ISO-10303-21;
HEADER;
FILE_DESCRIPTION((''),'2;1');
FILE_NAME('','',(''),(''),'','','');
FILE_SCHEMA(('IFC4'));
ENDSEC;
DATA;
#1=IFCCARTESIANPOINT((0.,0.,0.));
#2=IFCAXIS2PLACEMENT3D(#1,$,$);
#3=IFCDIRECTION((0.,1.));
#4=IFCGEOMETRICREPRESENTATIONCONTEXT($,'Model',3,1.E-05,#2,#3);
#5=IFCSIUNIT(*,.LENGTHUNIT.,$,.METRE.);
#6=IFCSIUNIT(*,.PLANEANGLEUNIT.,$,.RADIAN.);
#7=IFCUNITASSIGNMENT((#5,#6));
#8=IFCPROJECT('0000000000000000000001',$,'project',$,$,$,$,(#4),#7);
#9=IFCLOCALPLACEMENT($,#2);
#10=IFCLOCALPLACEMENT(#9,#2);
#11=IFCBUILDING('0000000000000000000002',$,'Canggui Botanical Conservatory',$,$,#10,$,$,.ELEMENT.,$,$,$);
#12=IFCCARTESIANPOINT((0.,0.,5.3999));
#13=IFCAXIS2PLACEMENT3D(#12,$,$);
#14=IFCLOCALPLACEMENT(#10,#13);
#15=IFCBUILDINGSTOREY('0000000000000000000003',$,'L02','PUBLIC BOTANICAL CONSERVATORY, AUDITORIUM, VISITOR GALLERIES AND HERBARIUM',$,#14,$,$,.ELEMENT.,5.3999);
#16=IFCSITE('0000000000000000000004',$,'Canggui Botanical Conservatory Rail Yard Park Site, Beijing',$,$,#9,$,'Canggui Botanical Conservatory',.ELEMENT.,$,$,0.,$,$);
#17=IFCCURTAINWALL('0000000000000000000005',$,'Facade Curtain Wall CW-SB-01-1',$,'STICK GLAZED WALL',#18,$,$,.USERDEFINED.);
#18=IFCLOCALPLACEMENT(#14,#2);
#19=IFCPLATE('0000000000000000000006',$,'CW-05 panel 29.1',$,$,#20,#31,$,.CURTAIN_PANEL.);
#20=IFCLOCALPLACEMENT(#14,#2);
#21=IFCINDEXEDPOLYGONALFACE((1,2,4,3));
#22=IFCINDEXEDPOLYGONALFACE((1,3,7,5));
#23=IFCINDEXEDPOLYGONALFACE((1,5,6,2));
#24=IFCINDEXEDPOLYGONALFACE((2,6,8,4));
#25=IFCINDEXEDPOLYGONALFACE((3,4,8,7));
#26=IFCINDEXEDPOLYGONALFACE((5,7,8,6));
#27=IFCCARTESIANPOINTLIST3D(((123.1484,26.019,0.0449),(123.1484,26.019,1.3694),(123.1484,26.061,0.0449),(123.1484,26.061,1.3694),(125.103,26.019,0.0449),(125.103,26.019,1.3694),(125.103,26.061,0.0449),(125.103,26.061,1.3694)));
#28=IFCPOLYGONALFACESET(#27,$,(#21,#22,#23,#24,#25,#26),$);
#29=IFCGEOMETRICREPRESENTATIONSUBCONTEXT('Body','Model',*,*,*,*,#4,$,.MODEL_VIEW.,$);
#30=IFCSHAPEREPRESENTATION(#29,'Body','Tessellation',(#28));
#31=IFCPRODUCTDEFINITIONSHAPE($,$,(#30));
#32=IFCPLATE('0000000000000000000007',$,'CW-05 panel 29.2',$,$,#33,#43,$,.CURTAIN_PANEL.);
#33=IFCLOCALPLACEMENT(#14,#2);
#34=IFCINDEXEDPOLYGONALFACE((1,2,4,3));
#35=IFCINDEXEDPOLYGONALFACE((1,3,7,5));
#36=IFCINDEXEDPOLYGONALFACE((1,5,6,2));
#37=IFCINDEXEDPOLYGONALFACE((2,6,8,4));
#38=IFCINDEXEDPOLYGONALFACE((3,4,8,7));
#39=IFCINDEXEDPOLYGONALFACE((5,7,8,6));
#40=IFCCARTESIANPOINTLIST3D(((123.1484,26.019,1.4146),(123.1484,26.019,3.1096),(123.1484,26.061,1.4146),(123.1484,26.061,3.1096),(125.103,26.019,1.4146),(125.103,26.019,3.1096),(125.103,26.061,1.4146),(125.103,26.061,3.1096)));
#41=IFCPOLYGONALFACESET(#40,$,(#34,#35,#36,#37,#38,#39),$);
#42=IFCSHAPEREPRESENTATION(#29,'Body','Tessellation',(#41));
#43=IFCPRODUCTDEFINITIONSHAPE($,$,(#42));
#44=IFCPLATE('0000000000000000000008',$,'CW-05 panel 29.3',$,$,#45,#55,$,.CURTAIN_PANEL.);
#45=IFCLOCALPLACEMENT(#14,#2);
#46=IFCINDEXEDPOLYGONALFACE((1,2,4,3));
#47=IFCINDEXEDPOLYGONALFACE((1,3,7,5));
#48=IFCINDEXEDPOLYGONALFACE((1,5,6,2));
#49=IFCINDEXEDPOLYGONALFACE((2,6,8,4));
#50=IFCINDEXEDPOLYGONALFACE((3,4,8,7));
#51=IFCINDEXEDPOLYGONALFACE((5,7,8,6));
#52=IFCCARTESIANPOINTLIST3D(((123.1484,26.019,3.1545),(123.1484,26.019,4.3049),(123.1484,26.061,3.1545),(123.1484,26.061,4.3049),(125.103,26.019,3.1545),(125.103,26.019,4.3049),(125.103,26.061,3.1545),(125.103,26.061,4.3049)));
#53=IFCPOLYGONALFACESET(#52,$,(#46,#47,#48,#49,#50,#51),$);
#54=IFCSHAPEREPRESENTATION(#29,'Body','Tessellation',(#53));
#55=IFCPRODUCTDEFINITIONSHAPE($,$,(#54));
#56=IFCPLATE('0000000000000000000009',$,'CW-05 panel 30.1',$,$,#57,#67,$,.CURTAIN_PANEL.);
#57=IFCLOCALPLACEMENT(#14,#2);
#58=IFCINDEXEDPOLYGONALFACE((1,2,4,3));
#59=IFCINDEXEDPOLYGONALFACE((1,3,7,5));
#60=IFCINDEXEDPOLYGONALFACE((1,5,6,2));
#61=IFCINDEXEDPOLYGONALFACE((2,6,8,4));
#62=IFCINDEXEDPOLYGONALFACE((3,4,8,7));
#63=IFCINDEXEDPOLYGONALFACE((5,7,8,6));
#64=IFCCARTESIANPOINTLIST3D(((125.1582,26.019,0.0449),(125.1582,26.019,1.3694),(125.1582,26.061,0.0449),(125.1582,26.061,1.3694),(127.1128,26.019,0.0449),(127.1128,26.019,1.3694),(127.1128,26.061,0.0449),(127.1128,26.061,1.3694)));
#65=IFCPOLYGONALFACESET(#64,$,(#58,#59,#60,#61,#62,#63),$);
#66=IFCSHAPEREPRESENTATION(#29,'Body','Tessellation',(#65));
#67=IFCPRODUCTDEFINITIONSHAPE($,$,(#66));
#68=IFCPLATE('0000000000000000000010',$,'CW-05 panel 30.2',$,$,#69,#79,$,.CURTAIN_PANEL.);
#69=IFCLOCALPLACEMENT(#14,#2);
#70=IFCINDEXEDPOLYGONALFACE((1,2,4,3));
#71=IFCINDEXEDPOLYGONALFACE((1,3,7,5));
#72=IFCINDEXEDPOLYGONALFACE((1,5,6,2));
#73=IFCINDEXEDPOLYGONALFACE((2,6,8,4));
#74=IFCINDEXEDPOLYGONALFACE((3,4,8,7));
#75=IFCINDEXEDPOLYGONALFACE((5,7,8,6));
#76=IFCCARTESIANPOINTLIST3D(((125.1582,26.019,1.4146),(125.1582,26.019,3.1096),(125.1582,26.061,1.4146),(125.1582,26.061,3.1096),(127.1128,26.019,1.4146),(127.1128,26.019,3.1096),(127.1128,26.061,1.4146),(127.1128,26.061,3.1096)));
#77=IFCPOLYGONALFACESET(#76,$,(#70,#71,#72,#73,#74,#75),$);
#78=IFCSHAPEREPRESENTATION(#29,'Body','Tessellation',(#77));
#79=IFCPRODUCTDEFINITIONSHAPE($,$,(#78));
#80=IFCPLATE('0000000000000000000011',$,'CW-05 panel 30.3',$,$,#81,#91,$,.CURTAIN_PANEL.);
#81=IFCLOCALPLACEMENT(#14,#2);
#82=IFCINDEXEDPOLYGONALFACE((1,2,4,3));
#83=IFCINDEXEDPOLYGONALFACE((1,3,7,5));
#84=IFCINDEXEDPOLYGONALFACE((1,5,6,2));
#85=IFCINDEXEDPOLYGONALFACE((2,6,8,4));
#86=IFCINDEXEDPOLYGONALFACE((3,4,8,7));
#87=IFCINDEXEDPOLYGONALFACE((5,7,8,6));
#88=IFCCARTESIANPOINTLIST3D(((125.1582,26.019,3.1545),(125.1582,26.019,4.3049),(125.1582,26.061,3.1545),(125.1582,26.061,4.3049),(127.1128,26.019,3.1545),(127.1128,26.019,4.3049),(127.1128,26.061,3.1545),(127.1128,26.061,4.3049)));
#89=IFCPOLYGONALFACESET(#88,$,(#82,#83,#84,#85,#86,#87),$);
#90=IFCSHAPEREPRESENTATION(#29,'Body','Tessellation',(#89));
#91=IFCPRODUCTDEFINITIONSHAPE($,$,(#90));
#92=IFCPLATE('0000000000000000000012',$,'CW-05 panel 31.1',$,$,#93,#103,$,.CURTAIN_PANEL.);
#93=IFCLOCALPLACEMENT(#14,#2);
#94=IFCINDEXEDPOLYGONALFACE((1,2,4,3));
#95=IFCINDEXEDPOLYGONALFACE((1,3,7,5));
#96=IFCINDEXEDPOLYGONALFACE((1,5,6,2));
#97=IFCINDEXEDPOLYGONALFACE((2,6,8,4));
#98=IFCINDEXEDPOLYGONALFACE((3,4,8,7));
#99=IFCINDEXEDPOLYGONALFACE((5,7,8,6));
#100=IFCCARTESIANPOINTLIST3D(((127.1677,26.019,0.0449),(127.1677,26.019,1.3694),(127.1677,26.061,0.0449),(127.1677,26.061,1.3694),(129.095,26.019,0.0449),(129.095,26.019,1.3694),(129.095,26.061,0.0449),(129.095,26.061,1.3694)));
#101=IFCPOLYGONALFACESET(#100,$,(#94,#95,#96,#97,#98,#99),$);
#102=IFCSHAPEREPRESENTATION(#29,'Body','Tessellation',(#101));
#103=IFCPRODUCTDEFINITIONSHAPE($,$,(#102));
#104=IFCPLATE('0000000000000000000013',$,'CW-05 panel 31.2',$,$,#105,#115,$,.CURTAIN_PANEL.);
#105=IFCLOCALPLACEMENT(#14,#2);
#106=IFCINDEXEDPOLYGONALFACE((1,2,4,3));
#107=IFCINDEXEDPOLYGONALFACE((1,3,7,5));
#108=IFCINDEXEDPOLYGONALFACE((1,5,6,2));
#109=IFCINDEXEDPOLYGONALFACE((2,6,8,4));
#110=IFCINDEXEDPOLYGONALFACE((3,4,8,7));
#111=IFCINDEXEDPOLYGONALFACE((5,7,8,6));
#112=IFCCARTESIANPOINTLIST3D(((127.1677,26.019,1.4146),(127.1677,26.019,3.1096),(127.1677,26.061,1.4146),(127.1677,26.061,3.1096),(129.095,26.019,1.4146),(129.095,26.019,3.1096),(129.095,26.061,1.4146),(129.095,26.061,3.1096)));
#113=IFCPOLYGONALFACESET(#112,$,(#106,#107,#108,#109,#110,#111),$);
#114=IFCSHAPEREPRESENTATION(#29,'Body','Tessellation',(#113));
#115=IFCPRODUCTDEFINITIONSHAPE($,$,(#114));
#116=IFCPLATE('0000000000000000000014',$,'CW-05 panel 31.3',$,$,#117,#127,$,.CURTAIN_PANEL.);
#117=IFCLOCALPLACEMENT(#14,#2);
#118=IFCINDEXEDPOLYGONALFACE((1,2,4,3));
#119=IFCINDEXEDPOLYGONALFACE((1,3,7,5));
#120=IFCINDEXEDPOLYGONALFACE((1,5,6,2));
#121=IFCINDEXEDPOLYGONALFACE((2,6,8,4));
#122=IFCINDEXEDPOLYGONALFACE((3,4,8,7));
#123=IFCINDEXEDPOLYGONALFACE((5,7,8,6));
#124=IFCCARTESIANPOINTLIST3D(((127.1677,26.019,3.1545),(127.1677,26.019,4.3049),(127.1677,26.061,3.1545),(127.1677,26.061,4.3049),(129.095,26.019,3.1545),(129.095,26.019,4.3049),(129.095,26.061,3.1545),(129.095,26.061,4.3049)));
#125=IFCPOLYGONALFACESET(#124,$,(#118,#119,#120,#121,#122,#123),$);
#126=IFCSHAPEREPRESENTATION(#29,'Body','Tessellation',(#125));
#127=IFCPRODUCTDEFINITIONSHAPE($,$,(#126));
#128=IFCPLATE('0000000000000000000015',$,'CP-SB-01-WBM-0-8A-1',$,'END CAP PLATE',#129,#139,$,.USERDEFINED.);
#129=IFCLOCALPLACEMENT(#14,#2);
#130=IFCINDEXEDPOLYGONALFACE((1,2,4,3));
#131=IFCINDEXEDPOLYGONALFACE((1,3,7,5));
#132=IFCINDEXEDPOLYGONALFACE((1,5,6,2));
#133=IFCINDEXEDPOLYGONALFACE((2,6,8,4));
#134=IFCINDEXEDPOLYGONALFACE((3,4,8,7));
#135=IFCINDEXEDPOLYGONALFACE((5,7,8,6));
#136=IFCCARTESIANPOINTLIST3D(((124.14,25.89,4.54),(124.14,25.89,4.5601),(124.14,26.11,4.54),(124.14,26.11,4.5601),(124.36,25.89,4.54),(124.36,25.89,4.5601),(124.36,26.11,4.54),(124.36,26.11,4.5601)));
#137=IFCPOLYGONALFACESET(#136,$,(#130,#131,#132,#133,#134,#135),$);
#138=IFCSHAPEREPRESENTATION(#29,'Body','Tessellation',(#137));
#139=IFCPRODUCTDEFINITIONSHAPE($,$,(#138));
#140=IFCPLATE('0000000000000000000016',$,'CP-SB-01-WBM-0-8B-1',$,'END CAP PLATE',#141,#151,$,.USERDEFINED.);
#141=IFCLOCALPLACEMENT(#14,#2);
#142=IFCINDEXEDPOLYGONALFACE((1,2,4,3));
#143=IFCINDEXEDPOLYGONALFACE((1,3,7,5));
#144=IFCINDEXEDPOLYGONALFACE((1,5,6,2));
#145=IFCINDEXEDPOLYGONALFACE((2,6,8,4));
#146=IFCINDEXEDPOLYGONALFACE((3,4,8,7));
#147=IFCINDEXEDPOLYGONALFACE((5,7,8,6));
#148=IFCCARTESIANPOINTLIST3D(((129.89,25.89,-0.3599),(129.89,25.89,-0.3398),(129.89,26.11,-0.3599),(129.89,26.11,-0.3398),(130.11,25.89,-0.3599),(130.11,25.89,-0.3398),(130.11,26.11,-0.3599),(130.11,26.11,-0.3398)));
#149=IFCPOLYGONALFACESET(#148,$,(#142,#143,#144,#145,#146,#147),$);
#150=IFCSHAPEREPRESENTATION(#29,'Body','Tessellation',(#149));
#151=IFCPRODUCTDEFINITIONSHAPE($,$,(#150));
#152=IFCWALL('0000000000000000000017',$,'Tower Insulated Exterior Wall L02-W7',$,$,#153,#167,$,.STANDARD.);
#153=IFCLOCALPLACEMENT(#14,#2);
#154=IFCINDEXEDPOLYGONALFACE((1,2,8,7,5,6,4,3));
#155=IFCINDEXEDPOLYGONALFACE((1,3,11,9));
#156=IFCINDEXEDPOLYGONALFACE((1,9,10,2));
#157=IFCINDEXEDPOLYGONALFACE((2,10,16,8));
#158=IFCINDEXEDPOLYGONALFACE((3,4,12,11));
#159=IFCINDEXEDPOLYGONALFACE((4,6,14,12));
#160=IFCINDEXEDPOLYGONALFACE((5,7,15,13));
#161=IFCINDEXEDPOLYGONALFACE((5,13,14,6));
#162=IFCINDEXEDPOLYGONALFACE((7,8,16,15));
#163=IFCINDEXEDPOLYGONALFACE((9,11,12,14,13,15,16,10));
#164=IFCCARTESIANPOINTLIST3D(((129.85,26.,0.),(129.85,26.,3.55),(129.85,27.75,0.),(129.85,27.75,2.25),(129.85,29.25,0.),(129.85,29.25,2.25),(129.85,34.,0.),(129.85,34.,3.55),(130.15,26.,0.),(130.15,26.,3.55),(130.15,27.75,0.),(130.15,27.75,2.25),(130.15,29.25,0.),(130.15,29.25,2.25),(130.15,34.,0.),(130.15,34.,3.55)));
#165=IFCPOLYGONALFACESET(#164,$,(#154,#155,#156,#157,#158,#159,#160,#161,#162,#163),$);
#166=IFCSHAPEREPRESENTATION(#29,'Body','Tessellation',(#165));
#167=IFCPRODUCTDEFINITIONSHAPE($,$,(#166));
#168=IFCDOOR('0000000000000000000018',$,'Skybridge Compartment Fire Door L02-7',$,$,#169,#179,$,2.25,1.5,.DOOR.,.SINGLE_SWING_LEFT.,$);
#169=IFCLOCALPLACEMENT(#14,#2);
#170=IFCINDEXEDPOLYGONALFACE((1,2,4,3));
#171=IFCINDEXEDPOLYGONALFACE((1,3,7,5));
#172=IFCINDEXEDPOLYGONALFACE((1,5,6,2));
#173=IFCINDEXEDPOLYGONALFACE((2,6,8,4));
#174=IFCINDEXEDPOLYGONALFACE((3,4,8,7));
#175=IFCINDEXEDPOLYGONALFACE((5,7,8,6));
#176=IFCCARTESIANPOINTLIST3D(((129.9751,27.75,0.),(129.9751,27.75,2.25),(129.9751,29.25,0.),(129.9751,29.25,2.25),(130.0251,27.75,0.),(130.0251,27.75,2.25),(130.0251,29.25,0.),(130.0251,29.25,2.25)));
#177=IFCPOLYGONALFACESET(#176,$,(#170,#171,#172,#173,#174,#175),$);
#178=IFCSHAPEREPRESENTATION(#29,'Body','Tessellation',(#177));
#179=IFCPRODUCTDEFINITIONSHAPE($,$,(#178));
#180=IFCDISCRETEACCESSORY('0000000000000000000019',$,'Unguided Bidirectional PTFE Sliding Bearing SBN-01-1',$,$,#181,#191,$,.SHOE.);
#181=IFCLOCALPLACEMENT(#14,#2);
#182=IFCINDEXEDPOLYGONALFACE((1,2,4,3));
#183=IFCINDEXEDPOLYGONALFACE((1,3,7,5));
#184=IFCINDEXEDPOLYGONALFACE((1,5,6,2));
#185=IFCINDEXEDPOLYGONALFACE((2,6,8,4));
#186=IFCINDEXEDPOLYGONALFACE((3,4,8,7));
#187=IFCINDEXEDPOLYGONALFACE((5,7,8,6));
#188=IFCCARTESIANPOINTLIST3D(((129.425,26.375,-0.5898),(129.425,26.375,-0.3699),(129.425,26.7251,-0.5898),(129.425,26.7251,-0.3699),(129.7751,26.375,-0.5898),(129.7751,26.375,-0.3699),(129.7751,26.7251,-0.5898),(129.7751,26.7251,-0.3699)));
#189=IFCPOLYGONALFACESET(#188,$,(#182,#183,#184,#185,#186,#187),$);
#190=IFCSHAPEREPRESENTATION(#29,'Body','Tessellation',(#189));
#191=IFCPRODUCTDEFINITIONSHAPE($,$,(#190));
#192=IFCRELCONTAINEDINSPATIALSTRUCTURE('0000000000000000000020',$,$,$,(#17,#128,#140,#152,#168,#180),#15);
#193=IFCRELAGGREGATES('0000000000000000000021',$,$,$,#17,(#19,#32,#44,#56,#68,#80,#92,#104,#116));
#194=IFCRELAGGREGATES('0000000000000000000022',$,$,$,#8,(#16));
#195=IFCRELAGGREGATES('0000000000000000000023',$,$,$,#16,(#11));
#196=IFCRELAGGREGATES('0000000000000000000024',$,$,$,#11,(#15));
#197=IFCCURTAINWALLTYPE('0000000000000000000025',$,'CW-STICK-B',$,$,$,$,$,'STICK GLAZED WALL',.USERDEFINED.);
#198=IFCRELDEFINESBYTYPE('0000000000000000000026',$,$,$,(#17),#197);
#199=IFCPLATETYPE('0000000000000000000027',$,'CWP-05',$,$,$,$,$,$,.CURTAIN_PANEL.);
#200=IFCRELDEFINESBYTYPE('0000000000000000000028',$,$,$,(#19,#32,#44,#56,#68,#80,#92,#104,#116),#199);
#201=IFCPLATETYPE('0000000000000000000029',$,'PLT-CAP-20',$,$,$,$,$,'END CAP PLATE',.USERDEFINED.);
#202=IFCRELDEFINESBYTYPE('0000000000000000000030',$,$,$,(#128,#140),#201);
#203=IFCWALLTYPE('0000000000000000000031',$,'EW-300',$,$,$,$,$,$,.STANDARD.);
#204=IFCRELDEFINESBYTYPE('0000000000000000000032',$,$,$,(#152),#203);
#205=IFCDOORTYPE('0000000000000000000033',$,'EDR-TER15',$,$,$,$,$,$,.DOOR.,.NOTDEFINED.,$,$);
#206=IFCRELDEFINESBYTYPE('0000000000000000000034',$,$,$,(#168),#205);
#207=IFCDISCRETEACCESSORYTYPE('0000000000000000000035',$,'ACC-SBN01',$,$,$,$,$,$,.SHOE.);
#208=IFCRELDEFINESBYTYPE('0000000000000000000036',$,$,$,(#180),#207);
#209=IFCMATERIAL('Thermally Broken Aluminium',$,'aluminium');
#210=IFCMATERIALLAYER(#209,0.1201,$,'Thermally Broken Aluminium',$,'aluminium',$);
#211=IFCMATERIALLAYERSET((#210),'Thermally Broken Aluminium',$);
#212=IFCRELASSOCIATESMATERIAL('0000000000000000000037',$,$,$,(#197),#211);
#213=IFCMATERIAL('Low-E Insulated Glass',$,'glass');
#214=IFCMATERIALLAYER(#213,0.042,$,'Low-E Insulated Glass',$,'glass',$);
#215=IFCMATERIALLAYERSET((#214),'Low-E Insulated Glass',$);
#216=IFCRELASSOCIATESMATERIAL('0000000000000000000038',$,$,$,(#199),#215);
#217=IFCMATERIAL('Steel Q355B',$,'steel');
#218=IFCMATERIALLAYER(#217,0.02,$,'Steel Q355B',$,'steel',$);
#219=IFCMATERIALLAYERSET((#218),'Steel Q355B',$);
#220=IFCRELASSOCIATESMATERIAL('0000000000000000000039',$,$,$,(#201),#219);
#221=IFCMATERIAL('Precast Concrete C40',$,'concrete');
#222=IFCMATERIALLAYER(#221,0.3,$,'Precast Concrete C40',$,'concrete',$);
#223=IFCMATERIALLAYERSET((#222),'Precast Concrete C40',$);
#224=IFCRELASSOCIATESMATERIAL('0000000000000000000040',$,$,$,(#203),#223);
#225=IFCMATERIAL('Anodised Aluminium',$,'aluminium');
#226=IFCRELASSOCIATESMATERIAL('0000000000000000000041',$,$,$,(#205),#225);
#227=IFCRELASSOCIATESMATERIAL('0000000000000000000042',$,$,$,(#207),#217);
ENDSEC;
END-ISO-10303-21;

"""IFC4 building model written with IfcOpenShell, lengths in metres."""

from ifc_helpers import new_model, si_unit, direction, frame, frame_2d, origin, origin_2d, place, context, subcontext, project, spatial, rectangle, extrude, material, layer, layer_set, type_object, element, fill, aggregate, save


model = new_model("IFC4")

# Units and contexts
model_context = context("Model", 3, precision=1e-05, world=origin(), true_north=direction((0.0, 1.0)))
body_context = subcontext(model_context, "Body", "Model", "MODEL_VIEW")
ifc_project = project(units=[si_unit("LENGTHUNIT", "METRE"), si_unit("PLANEANGLEUNIT", "RADIAN")], contexts=[model_context])

# Site, building, storey
site_placement = place(None, origin())
site = spatial("IfcSite", under=ifc_project, at=site_placement, Name="Canggui Botanical Conservatory Rail Yard Park Site, Beijing", LongName="Canggui Botanical Conservatory", CompositionType="ELEMENT", RefElevation=0.0)
building_placement = place(site_placement, origin())
building = spatial("IfcBuilding", under=site, at=building_placement, Name="Canggui Botanical Conservatory", CompositionType="ELEMENT")
storey_placement = place(building_placement, frame((0.0, 0.0, 5.3999)))
storey = spatial("IfcBuildingStorey", under=building, at=storey_placement, Name="L02", Description="PUBLIC BOTANICAL CONSERVATORY, AUDITORIUM, VISITOR GALLERIES AND HERBARIUM", CompositionType="ELEMENT", Elevation=5.3999)

# Shared definitions
ifc_material_1 = material(Name="Thermally Broken Aluminium", Category="aluminium")

# Curtain wall
ifc_layer_1 = layer(ifc_material_1, 0.1201, Name="Thermally Broken Aluminium", Category="aluminium")
ifc_layer_set_1 = layer_set([ifc_layer_1], Name="Thermally Broken Aluminium")
curtain_wall_type_1 = type_object("IfcCurtainWallType", Name="CW-STICK-B", ElementType="STICK GLAZED WALL", PredefinedType="USERDEFINED", material=ifc_layer_set_1)
curtain_wall_1_placement = place(storey_placement, origin())
curtain_wall_1 = element("IfcCurtainWall", 1, at=curtain_wall_1_placement, inside=storey, type_object=curtain_wall_type_1, Name="Facade Curtain Wall CW-SB-01-1", ObjectType="STICK GLAZED WALL", PredefinedType="USERDEFINED")

# Plates
ifc_material_2 = material(Name="Low-E Insulated Glass", Category="glass")
ifc_layer_2 = layer(ifc_material_2, 0.042, Name="Low-E Insulated Glass", Category="glass")
ifc_layer_set_2 = layer_set([ifc_layer_2], Name="Low-E Insulated Glass")
plate_type_1 = type_object("IfcPlateType", Name="CWP-05", PredefinedType="CURTAIN_PANEL", material=ifc_layer_set_2)
plate_1_placement = place(storey_placement, frame((124.1257, 26.04, 0.0449), z_axis=(0.0, 0.0, 1.0), x_axis=(1.0, 0.0, 0.0)))
plate_1 = element("IfcPlate", 2, at=plate_1_placement, type_object=plate_type_1, Name="CW-05 panel 29.1", PredefinedType="CURTAIN_PANEL", context=body_context, shape_type="SweptSolid", body=[
    extrude(rectangle(XDim=1.9546, YDim=0.042, at=origin_2d()), origin(), (0.0, 0.0, 1.0), 1.3245),
])
plate_2_placement = place(storey_placement, frame((124.1257, 26.04, 1.4146), z_axis=(0.0, 0.0, 1.0), x_axis=(1.0, 0.0, 0.0)))
plate_2 = element("IfcPlate", 3, at=plate_2_placement, type_object=plate_type_1, Name="CW-05 panel 29.2", PredefinedType="CURTAIN_PANEL", context=body_context, shape_type="SweptSolid", body=[
    extrude(rectangle(XDim=1.9546, YDim=0.042, at=origin_2d()), origin(), (0.0, 0.0, 1.0), 1.6951),
])
plate_3_placement = place(storey_placement, frame((124.1257, 26.04, 3.1545), z_axis=(0.0, 0.0, 1.0), x_axis=(1.0, 0.0, 0.0)))
plate_3 = element("IfcPlate", 4, at=plate_3_placement, type_object=plate_type_1, Name="CW-05 panel 29.3", PredefinedType="CURTAIN_PANEL", context=body_context, shape_type="SweptSolid", body=[
    extrude(rectangle(XDim=1.9546, YDim=0.042, at=origin_2d()), origin(), (0.0, 0.0, 1.0), 1.1504),
])
plate_4_placement = place(storey_placement, frame((126.1355, 26.04, 0.0449), z_axis=(0.0, 0.0, 1.0), x_axis=(1.0, 0.0, 0.0)))
plate_4 = element("IfcPlate", 5, at=plate_4_placement, type_object=plate_type_1, Name="CW-05 panel 30.1", PredefinedType="CURTAIN_PANEL", context=body_context, shape_type="SweptSolid", body=[
    extrude(rectangle(XDim=1.9546, YDim=0.042, at=origin_2d()), origin(), (0.0, 0.0, 1.0), 1.3245),
])
plate_5_placement = place(storey_placement, frame((126.1355, 26.04, 1.4146), z_axis=(0.0, 0.0, 1.0), x_axis=(1.0, 0.0, 0.0)))
plate_5 = element("IfcPlate", 6, at=plate_5_placement, type_object=plate_type_1, Name="CW-05 panel 30.2", PredefinedType="CURTAIN_PANEL", context=body_context, shape_type="SweptSolid", body=[
    extrude(rectangle(XDim=1.9546, YDim=0.042, at=origin_2d()), origin(), (0.0, 0.0, 1.0), 1.6951),
])
plate_6_placement = place(storey_placement, frame((126.1355, 26.04, 3.1545), z_axis=(0.0, 0.0, 1.0), x_axis=(1.0, 0.0, 0.0)))
plate_6 = element("IfcPlate", 7, at=plate_6_placement, type_object=plate_type_1, Name="CW-05 panel 30.3", PredefinedType="CURTAIN_PANEL", context=body_context, shape_type="SweptSolid", body=[
    extrude(rectangle(XDim=1.9546, YDim=0.042, at=origin_2d()), origin(), (0.0, 0.0, 1.0), 1.1504),
])
plate_7_placement = place(storey_placement, frame((128.1313, 26.04, 0.0449), z_axis=(0.0, 0.0, 1.0), x_axis=(1.0, 0.0, 0.0)))
plate_7 = element("IfcPlate", 8, at=plate_7_placement, type_object=plate_type_1, Name="CW-05 panel 31.1", PredefinedType="CURTAIN_PANEL", context=body_context, shape_type="SweptSolid", body=[
    extrude(rectangle(XDim=1.9272, YDim=0.042, at=origin_2d()), origin(), (0.0, 0.0, 1.0), 1.3245),
])
plate_8_placement = place(storey_placement, frame((128.1313, 26.04, 1.4146), z_axis=(0.0, 0.0, 1.0), x_axis=(1.0, 0.0, 0.0)))
plate_8 = element("IfcPlate", 9, at=plate_8_placement, type_object=plate_type_1, Name="CW-05 panel 31.2", PredefinedType="CURTAIN_PANEL", context=body_context, shape_type="SweptSolid", body=[
    extrude(rectangle(XDim=1.9272, YDim=0.042, at=origin_2d()), origin(), (0.0, 0.0, 1.0), 1.6951),
])
plate_9_placement = place(storey_placement, frame((128.1313, 26.04, 3.1545), z_axis=(0.0, 0.0, 1.0), x_axis=(1.0, 0.0, 0.0)))
plate_9 = element("IfcPlate", 10, at=plate_9_placement, type_object=plate_type_1, Name="CW-05 panel 31.3", PredefinedType="CURTAIN_PANEL", context=body_context, shape_type="SweptSolid", body=[
    extrude(rectangle(XDim=1.9272, YDim=0.042, at=origin_2d()), origin(), (0.0, 0.0, 1.0), 1.1504),
])
aggregate(curtain_wall_1, [plate_1, plate_2, plate_3, plate_4, plate_5, plate_6, plate_7, plate_8, plate_9])

# Plates
ifc_material_3 = material(Name="Steel Q355B", Category="steel")
ifc_layer_3 = layer(ifc_material_3, 0.02, Name="Steel Q355B", Category="steel")
ifc_layer_set_3 = layer_set([ifc_layer_3], Name="Steel Q355B")
plate_type_2 = type_object("IfcPlateType", Name="PLT-CAP-20", ElementType="END CAP PLATE", PredefinedType="USERDEFINED", material=ifc_layer_set_3)
for number, where, z_axis, x_axis, name in (
    (11, (124.25, 26.0, 4.54), (0.0, 0.0, 1.0), (1.0, 0.0, 0.0), "CP-SB-01-WBM-0-8A-1"),
    (12, (130.0, 26.0, -0.3599), (0.0, 0.0, 1.0), (1.0, 0.0, 0.0), "CP-SB-01-WBM-0-8B-1"),
):
    element("IfcPlate", number, at=place(storey_placement, frame(where, z_axis=z_axis, x_axis=x_axis)), inside=storey, type_object=plate_type_2, Name=name, ObjectType="END CAP PLATE", PredefinedType="USERDEFINED", context=body_context, shape_type="SweptSolid", body=[
        extrude(rectangle(XDim=0.22, YDim=0.22, at=origin_2d()), origin(), (0.0, 0.0, 1.0), 0.02),
    ])

# Wall, opening, door
ifc_material_4 = material(Name="Precast Concrete C40", Category="concrete")
ifc_layer_4 = layer(ifc_material_4, 0.3, Name="Precast Concrete C40", Category="concrete")
ifc_layer_set_4 = layer_set([ifc_layer_4], Name="Precast Concrete C40")
wall_type = type_object("IfcWallType", Name="EW-300", PredefinedType="STANDARD", material=ifc_layer_set_4)
wall_placement = place(storey_placement, frame((130.0, 26.0, 0.0), z_axis=(0.0, 0.0, 1.0), x_axis=(0.0, 1.0, 0.0)))
wall = element("IfcWall", 13, at=wall_placement, inside=storey, type_object=wall_type, Name="Tower Insulated Exterior Wall L02-W7", PredefinedType="STANDARD", context=body_context, shape_type="SweptSolid", body=[
    extrude(rectangle(XDim=8.0, YDim=0.3, at=frame_2d((4.0, 0.0))), origin(), (0.0, 0.0, 1.0), 3.55),
])
opening_placement = place(wall_placement, frame((1.75, 0.0, 0.0)))
opening = element("IfcOpeningElement", 14, at=opening_placement, cuts=wall, PredefinedType="OPENING", context=body_context, shape_type="SweptSolid", body=[
    extrude(rectangle(XDim=1.5, YDim=2.25, at=frame_2d((0.75, 1.125))), frame((0.0, 0.1602, 0.0), z_axis=(0.0, -1.0, 0.0), x_axis=(1.0, 0.0, 0.0)), (0.0, 0.0, 1.0), 0.3201),
])
ifc_material_5 = material(Name="Anodised Aluminium", Category="aluminium")
door_type = type_object("IfcDoorType", Name="EDR-TER15", OperationType="NOTDEFINED", PredefinedType="DOOR", material=ifc_material_5)
door_placement = place(opening_placement, origin())
door = element("IfcDoor", 15, at=door_placement, inside=storey, type_object=door_type, Name="Skybridge Compartment Fire Door L02-7", OperationType="SINGLE_SWING_LEFT", OverallHeight=2.25, OverallWidth=1.5, PredefinedType="DOOR", context=body_context, shape_type="SweptSolid", body=[
    extrude(rectangle(XDim=1.5, YDim=2.25, at=frame_2d((0.75, 1.125))), frame((0.0, 0.0249, 0.0), z_axis=(0.0, -1.0, 0.0), x_axis=(1.0, 0.0, 0.0)), (0.0, 0.0, 1.0), 0.05),
])
fill(opening, door)

# Discrete accessory
discrete_accessory_type = type_object("IfcDiscreteAccessoryType", Name="ACC-SBN01", PredefinedType="SHOE", material=ifc_material_3)
discrete_accessory_placement = place(storey_placement, frame((129.6001, 26.55, -0.5898), z_axis=(0.0, 0.0, 1.0), x_axis=(1.0, 0.0, 0.0)))
element("IfcDiscreteAccessory", 16, at=discrete_accessory_placement, inside=storey, type_object=discrete_accessory_type, Name="Unguided Bidirectional PTFE Sliding Bearing SBN-01-1", PredefinedType="SHOE", context=body_context, shape_type="SweptSolid", body=[
    extrude(rectangle(XDim=0.3501, YDim=0.3501, at=origin_2d()), origin(), (0.0, 0.0, 1.0), 0.22),
])

save(model, "model.ifc")
